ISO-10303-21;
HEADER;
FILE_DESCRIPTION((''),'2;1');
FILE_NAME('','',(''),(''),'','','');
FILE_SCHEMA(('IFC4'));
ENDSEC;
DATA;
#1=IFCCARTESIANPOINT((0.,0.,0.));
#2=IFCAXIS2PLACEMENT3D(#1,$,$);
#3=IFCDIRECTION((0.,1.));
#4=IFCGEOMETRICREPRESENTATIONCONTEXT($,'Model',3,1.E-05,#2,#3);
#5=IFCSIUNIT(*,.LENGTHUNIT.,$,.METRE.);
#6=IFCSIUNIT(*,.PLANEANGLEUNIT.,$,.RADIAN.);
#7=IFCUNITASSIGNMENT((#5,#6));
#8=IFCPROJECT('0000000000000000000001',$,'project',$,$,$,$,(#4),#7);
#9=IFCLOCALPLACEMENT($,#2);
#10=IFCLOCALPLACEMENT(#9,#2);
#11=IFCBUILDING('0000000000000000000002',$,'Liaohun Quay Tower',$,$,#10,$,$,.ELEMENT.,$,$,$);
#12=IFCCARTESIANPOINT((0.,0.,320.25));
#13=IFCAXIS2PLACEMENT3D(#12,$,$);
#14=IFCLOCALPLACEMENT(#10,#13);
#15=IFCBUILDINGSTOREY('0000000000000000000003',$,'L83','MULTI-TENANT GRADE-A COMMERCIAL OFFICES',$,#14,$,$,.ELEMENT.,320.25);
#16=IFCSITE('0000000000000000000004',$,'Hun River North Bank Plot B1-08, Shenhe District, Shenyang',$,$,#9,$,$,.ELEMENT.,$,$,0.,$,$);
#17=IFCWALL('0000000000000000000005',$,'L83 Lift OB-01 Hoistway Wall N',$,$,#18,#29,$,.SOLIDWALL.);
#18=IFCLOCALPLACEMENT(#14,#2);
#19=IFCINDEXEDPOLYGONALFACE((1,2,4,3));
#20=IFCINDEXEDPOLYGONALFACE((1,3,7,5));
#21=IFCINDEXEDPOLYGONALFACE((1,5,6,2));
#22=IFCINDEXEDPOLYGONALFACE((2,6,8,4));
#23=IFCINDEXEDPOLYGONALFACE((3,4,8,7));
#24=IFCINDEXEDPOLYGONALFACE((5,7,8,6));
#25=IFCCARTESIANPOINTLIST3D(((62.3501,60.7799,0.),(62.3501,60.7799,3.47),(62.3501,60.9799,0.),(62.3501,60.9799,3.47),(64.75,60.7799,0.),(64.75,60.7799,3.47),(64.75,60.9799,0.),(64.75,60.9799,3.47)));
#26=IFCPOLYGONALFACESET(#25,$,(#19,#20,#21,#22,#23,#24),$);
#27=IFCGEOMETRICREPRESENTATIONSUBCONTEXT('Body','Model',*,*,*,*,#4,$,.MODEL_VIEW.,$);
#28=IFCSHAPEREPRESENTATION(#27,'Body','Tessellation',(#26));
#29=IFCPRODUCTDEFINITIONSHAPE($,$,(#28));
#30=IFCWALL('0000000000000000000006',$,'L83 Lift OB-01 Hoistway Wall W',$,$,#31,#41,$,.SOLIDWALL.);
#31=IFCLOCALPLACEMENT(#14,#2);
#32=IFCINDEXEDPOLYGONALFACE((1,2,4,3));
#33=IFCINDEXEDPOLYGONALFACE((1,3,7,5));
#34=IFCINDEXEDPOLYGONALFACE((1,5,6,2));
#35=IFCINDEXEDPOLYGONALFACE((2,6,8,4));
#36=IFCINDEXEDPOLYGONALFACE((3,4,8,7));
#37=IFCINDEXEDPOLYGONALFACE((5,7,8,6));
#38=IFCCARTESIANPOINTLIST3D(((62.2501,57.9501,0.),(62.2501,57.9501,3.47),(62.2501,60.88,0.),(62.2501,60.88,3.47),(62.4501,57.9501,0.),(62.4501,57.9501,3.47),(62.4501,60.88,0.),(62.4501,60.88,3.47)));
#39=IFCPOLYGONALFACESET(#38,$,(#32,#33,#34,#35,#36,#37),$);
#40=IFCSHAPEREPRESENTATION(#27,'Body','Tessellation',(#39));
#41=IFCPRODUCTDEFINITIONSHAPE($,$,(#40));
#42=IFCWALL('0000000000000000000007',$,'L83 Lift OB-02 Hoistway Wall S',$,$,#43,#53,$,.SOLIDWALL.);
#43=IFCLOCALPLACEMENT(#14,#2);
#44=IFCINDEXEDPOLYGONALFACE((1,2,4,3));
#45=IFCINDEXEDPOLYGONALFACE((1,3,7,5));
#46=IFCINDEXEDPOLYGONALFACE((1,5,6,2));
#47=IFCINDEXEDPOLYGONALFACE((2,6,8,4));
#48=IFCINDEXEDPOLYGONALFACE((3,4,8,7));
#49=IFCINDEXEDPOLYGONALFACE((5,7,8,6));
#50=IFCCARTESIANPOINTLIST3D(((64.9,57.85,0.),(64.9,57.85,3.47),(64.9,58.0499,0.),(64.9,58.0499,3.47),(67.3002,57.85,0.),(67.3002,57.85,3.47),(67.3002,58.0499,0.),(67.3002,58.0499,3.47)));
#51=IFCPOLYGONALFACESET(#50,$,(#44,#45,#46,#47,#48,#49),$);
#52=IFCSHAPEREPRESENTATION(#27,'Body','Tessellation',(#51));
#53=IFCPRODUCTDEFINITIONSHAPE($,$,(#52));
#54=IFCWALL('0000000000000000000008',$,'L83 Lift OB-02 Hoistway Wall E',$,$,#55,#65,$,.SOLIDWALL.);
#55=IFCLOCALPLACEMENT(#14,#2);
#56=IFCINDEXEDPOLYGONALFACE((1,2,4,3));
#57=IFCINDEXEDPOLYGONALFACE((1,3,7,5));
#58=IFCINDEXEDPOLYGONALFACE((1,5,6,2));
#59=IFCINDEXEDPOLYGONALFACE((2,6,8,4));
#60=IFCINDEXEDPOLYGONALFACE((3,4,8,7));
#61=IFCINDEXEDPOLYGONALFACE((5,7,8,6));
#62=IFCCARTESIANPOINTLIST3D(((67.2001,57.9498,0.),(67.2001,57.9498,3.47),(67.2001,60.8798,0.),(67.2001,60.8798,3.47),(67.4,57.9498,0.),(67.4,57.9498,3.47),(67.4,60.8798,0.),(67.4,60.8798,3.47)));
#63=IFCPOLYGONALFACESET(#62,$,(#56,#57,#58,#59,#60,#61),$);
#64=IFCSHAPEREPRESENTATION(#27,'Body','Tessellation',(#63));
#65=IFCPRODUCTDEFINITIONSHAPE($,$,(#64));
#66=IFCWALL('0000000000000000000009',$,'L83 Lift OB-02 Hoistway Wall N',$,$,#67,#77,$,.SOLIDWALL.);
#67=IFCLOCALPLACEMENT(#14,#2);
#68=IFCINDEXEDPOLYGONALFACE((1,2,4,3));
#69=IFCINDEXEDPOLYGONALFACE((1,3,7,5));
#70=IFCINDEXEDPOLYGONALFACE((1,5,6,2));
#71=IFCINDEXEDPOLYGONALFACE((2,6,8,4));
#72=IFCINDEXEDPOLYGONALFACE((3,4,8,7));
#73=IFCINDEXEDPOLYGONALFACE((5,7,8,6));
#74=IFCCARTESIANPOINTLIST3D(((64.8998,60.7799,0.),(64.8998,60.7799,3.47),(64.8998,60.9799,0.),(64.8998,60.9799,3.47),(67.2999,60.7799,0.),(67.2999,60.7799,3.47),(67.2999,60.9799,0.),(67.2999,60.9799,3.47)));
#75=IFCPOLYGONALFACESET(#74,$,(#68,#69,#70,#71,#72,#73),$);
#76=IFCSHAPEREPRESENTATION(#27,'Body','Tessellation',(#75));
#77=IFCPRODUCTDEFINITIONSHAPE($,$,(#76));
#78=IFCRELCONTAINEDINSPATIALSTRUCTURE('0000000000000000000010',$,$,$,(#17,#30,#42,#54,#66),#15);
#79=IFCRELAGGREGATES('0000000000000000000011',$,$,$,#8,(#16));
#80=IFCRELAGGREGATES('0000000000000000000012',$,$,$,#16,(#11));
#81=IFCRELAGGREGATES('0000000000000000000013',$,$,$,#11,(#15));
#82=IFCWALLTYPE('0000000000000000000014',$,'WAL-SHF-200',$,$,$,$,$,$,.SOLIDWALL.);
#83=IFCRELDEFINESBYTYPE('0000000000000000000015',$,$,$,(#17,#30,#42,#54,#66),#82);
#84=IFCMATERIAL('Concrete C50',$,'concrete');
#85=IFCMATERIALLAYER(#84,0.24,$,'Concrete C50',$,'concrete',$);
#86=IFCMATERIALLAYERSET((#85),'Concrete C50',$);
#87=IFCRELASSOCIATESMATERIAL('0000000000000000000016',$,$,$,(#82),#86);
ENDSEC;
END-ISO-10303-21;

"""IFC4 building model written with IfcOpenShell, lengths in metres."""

from ifc_helpers import new_model, si_unit, direction, frame, frame_2d, origin, place, context, subcontext, project, spatial, rectangle, extrude, material, layer, layer_set, type_object, element, save


model = new_model("IFC4")

# Units and contexts
model_context = context("Model", 3, precision=1e-05, world=origin(), true_north=direction((0.0, 1.0)))
body_context = subcontext(model_context, "Body", "Model", "MODEL_VIEW")
ifc_project = project(units=[si_unit("LENGTHUNIT", "METRE"), si_unit("PLANEANGLEUNIT", "RADIAN")], contexts=[model_context])

# Site, building, storey
site_placement = place(None, origin())
site = spatial("IfcSite", under=ifc_project, at=site_placement, Name="Hun River North Bank Plot B1-08, Shenhe District, Shenyang", CompositionType="ELEMENT", RefElevation=0.0)
building_placement = place(site_placement, origin())
building = spatial("IfcBuilding", under=site, at=building_placement, Name="Liaohun Quay Tower", CompositionType="ELEMENT")
storey_placement = place(building_placement, frame((0.0, 0.0, 320.25)))
storey = spatial("IfcBuildingStorey", under=building, at=storey_placement, Name="L83", Description="MULTI-TENANT GRADE-A COMMERCIAL OFFICES", CompositionType="ELEMENT", Elevation=320.25)

# Shared definitions
ifc_material_1 = material(Name="Concrete C50", Category="concrete")

# Shared definitions
ifc_layer_1 = layer(ifc_material_1, 0.24, Name="Concrete C50", Category="concrete")
ifc_layer_set_1 = layer_set([ifc_layer_1], Name="Concrete C50")
wall_type_1 = type_object("IfcWallType", Name="WAL-SHF-200", PredefinedType="SOLIDWALL", material=ifc_layer_set_1)

# Walls
wall_1_placement = place(storey_placement, frame((64.75, 60.8799, 0.0), z_axis=(0.0, 0.0, 1.0), x_axis=(-1.0, 0.0, 0.0)))
element("IfcWall", 1, at=wall_1_placement, inside=storey, type_object=wall_type_1, Name="L83 Lift OB-01 Hoistway Wall N", PredefinedType="SOLIDWALL", context=body_context, shape_type="SweptSolid", body=[
    extrude(rectangle(XDim=2.3999, YDim=0.2, at=frame_2d((1.2, 0.0))), origin(), (0.0, 0.0, 1.0), 3.47),
])
wall_2_placement = place(storey_placement, frame((62.3501, 60.8799, 0.0), z_axis=(0.0, 0.0, 1.0), x_axis=(0.0, -1.0, 0.0)))
element("IfcWall", 2, at=wall_2_placement, inside=storey, type_object=wall_type_1, Name="L83 Lift OB-01 Hoistway Wall W", PredefinedType="SOLIDWALL", context=body_context, shape_type="SweptSolid", body=[
    extrude(rectangle(XDim=2.9299, YDim=0.2, at=frame_2d((1.4648, 0.0))), origin(), (0.0, 0.0, 1.0), 3.47),
])
wall_3_placement = place(storey_placement, frame((64.8999, 57.95, 0.0), z_axis=(0.0, 0.0, 1.0), x_axis=(1.0, 0.0, 0.0)))
element("IfcWall", 3, at=wall_3_placement, inside=storey, type_object=wall_type_1, Name="L83 Lift OB-02 Hoistway Wall S", PredefinedType="SOLIDWALL", context=body_context, shape_type="SweptSolid", body=[
    extrude(rectangle(XDim=2.4001, YDim=0.2, at=frame_2d((1.2002, 0.0))), origin(), (0.0, 0.0, 1.0), 3.47),
])
wall_4_placement = place(storey_placement, frame((67.3, 57.95, 0.0), z_axis=(0.0, 0.0, 1.0), x_axis=(0.0, 1.0, 0.0)))
element("IfcWall", 4, at=wall_4_placement, inside=storey, type_object=wall_type_1, Name="L83 Lift OB-02 Hoistway Wall E", PredefinedType="SOLIDWALL", context=body_context, shape_type="SweptSolid", body=[
    extrude(rectangle(XDim=2.9299, YDim=0.2, at=frame_2d((1.4648, 0.0))), origin(), (0.0, 0.0, 1.0), 3.47),
])
wall_5_placement = place(storey_placement, frame((67.3, 60.8799, 0.0), z_axis=(0.0, 0.0, 1.0), x_axis=(-1.0, 0.0, 0.0)))
element("IfcWall", 5, at=wall_5_placement, inside=storey, type_object=wall_type_1, Name="L83 Lift OB-02 Hoistway Wall N", PredefinedType="SOLIDWALL", context=body_context, shape_type="SweptSolid", body=[
    extrude(rectangle(XDim=2.4001, YDim=0.2, at=frame_2d((1.2002, 0.0))), origin(), (0.0, 0.0, 1.0), 3.47),
])

save(model, "model.ifc")
